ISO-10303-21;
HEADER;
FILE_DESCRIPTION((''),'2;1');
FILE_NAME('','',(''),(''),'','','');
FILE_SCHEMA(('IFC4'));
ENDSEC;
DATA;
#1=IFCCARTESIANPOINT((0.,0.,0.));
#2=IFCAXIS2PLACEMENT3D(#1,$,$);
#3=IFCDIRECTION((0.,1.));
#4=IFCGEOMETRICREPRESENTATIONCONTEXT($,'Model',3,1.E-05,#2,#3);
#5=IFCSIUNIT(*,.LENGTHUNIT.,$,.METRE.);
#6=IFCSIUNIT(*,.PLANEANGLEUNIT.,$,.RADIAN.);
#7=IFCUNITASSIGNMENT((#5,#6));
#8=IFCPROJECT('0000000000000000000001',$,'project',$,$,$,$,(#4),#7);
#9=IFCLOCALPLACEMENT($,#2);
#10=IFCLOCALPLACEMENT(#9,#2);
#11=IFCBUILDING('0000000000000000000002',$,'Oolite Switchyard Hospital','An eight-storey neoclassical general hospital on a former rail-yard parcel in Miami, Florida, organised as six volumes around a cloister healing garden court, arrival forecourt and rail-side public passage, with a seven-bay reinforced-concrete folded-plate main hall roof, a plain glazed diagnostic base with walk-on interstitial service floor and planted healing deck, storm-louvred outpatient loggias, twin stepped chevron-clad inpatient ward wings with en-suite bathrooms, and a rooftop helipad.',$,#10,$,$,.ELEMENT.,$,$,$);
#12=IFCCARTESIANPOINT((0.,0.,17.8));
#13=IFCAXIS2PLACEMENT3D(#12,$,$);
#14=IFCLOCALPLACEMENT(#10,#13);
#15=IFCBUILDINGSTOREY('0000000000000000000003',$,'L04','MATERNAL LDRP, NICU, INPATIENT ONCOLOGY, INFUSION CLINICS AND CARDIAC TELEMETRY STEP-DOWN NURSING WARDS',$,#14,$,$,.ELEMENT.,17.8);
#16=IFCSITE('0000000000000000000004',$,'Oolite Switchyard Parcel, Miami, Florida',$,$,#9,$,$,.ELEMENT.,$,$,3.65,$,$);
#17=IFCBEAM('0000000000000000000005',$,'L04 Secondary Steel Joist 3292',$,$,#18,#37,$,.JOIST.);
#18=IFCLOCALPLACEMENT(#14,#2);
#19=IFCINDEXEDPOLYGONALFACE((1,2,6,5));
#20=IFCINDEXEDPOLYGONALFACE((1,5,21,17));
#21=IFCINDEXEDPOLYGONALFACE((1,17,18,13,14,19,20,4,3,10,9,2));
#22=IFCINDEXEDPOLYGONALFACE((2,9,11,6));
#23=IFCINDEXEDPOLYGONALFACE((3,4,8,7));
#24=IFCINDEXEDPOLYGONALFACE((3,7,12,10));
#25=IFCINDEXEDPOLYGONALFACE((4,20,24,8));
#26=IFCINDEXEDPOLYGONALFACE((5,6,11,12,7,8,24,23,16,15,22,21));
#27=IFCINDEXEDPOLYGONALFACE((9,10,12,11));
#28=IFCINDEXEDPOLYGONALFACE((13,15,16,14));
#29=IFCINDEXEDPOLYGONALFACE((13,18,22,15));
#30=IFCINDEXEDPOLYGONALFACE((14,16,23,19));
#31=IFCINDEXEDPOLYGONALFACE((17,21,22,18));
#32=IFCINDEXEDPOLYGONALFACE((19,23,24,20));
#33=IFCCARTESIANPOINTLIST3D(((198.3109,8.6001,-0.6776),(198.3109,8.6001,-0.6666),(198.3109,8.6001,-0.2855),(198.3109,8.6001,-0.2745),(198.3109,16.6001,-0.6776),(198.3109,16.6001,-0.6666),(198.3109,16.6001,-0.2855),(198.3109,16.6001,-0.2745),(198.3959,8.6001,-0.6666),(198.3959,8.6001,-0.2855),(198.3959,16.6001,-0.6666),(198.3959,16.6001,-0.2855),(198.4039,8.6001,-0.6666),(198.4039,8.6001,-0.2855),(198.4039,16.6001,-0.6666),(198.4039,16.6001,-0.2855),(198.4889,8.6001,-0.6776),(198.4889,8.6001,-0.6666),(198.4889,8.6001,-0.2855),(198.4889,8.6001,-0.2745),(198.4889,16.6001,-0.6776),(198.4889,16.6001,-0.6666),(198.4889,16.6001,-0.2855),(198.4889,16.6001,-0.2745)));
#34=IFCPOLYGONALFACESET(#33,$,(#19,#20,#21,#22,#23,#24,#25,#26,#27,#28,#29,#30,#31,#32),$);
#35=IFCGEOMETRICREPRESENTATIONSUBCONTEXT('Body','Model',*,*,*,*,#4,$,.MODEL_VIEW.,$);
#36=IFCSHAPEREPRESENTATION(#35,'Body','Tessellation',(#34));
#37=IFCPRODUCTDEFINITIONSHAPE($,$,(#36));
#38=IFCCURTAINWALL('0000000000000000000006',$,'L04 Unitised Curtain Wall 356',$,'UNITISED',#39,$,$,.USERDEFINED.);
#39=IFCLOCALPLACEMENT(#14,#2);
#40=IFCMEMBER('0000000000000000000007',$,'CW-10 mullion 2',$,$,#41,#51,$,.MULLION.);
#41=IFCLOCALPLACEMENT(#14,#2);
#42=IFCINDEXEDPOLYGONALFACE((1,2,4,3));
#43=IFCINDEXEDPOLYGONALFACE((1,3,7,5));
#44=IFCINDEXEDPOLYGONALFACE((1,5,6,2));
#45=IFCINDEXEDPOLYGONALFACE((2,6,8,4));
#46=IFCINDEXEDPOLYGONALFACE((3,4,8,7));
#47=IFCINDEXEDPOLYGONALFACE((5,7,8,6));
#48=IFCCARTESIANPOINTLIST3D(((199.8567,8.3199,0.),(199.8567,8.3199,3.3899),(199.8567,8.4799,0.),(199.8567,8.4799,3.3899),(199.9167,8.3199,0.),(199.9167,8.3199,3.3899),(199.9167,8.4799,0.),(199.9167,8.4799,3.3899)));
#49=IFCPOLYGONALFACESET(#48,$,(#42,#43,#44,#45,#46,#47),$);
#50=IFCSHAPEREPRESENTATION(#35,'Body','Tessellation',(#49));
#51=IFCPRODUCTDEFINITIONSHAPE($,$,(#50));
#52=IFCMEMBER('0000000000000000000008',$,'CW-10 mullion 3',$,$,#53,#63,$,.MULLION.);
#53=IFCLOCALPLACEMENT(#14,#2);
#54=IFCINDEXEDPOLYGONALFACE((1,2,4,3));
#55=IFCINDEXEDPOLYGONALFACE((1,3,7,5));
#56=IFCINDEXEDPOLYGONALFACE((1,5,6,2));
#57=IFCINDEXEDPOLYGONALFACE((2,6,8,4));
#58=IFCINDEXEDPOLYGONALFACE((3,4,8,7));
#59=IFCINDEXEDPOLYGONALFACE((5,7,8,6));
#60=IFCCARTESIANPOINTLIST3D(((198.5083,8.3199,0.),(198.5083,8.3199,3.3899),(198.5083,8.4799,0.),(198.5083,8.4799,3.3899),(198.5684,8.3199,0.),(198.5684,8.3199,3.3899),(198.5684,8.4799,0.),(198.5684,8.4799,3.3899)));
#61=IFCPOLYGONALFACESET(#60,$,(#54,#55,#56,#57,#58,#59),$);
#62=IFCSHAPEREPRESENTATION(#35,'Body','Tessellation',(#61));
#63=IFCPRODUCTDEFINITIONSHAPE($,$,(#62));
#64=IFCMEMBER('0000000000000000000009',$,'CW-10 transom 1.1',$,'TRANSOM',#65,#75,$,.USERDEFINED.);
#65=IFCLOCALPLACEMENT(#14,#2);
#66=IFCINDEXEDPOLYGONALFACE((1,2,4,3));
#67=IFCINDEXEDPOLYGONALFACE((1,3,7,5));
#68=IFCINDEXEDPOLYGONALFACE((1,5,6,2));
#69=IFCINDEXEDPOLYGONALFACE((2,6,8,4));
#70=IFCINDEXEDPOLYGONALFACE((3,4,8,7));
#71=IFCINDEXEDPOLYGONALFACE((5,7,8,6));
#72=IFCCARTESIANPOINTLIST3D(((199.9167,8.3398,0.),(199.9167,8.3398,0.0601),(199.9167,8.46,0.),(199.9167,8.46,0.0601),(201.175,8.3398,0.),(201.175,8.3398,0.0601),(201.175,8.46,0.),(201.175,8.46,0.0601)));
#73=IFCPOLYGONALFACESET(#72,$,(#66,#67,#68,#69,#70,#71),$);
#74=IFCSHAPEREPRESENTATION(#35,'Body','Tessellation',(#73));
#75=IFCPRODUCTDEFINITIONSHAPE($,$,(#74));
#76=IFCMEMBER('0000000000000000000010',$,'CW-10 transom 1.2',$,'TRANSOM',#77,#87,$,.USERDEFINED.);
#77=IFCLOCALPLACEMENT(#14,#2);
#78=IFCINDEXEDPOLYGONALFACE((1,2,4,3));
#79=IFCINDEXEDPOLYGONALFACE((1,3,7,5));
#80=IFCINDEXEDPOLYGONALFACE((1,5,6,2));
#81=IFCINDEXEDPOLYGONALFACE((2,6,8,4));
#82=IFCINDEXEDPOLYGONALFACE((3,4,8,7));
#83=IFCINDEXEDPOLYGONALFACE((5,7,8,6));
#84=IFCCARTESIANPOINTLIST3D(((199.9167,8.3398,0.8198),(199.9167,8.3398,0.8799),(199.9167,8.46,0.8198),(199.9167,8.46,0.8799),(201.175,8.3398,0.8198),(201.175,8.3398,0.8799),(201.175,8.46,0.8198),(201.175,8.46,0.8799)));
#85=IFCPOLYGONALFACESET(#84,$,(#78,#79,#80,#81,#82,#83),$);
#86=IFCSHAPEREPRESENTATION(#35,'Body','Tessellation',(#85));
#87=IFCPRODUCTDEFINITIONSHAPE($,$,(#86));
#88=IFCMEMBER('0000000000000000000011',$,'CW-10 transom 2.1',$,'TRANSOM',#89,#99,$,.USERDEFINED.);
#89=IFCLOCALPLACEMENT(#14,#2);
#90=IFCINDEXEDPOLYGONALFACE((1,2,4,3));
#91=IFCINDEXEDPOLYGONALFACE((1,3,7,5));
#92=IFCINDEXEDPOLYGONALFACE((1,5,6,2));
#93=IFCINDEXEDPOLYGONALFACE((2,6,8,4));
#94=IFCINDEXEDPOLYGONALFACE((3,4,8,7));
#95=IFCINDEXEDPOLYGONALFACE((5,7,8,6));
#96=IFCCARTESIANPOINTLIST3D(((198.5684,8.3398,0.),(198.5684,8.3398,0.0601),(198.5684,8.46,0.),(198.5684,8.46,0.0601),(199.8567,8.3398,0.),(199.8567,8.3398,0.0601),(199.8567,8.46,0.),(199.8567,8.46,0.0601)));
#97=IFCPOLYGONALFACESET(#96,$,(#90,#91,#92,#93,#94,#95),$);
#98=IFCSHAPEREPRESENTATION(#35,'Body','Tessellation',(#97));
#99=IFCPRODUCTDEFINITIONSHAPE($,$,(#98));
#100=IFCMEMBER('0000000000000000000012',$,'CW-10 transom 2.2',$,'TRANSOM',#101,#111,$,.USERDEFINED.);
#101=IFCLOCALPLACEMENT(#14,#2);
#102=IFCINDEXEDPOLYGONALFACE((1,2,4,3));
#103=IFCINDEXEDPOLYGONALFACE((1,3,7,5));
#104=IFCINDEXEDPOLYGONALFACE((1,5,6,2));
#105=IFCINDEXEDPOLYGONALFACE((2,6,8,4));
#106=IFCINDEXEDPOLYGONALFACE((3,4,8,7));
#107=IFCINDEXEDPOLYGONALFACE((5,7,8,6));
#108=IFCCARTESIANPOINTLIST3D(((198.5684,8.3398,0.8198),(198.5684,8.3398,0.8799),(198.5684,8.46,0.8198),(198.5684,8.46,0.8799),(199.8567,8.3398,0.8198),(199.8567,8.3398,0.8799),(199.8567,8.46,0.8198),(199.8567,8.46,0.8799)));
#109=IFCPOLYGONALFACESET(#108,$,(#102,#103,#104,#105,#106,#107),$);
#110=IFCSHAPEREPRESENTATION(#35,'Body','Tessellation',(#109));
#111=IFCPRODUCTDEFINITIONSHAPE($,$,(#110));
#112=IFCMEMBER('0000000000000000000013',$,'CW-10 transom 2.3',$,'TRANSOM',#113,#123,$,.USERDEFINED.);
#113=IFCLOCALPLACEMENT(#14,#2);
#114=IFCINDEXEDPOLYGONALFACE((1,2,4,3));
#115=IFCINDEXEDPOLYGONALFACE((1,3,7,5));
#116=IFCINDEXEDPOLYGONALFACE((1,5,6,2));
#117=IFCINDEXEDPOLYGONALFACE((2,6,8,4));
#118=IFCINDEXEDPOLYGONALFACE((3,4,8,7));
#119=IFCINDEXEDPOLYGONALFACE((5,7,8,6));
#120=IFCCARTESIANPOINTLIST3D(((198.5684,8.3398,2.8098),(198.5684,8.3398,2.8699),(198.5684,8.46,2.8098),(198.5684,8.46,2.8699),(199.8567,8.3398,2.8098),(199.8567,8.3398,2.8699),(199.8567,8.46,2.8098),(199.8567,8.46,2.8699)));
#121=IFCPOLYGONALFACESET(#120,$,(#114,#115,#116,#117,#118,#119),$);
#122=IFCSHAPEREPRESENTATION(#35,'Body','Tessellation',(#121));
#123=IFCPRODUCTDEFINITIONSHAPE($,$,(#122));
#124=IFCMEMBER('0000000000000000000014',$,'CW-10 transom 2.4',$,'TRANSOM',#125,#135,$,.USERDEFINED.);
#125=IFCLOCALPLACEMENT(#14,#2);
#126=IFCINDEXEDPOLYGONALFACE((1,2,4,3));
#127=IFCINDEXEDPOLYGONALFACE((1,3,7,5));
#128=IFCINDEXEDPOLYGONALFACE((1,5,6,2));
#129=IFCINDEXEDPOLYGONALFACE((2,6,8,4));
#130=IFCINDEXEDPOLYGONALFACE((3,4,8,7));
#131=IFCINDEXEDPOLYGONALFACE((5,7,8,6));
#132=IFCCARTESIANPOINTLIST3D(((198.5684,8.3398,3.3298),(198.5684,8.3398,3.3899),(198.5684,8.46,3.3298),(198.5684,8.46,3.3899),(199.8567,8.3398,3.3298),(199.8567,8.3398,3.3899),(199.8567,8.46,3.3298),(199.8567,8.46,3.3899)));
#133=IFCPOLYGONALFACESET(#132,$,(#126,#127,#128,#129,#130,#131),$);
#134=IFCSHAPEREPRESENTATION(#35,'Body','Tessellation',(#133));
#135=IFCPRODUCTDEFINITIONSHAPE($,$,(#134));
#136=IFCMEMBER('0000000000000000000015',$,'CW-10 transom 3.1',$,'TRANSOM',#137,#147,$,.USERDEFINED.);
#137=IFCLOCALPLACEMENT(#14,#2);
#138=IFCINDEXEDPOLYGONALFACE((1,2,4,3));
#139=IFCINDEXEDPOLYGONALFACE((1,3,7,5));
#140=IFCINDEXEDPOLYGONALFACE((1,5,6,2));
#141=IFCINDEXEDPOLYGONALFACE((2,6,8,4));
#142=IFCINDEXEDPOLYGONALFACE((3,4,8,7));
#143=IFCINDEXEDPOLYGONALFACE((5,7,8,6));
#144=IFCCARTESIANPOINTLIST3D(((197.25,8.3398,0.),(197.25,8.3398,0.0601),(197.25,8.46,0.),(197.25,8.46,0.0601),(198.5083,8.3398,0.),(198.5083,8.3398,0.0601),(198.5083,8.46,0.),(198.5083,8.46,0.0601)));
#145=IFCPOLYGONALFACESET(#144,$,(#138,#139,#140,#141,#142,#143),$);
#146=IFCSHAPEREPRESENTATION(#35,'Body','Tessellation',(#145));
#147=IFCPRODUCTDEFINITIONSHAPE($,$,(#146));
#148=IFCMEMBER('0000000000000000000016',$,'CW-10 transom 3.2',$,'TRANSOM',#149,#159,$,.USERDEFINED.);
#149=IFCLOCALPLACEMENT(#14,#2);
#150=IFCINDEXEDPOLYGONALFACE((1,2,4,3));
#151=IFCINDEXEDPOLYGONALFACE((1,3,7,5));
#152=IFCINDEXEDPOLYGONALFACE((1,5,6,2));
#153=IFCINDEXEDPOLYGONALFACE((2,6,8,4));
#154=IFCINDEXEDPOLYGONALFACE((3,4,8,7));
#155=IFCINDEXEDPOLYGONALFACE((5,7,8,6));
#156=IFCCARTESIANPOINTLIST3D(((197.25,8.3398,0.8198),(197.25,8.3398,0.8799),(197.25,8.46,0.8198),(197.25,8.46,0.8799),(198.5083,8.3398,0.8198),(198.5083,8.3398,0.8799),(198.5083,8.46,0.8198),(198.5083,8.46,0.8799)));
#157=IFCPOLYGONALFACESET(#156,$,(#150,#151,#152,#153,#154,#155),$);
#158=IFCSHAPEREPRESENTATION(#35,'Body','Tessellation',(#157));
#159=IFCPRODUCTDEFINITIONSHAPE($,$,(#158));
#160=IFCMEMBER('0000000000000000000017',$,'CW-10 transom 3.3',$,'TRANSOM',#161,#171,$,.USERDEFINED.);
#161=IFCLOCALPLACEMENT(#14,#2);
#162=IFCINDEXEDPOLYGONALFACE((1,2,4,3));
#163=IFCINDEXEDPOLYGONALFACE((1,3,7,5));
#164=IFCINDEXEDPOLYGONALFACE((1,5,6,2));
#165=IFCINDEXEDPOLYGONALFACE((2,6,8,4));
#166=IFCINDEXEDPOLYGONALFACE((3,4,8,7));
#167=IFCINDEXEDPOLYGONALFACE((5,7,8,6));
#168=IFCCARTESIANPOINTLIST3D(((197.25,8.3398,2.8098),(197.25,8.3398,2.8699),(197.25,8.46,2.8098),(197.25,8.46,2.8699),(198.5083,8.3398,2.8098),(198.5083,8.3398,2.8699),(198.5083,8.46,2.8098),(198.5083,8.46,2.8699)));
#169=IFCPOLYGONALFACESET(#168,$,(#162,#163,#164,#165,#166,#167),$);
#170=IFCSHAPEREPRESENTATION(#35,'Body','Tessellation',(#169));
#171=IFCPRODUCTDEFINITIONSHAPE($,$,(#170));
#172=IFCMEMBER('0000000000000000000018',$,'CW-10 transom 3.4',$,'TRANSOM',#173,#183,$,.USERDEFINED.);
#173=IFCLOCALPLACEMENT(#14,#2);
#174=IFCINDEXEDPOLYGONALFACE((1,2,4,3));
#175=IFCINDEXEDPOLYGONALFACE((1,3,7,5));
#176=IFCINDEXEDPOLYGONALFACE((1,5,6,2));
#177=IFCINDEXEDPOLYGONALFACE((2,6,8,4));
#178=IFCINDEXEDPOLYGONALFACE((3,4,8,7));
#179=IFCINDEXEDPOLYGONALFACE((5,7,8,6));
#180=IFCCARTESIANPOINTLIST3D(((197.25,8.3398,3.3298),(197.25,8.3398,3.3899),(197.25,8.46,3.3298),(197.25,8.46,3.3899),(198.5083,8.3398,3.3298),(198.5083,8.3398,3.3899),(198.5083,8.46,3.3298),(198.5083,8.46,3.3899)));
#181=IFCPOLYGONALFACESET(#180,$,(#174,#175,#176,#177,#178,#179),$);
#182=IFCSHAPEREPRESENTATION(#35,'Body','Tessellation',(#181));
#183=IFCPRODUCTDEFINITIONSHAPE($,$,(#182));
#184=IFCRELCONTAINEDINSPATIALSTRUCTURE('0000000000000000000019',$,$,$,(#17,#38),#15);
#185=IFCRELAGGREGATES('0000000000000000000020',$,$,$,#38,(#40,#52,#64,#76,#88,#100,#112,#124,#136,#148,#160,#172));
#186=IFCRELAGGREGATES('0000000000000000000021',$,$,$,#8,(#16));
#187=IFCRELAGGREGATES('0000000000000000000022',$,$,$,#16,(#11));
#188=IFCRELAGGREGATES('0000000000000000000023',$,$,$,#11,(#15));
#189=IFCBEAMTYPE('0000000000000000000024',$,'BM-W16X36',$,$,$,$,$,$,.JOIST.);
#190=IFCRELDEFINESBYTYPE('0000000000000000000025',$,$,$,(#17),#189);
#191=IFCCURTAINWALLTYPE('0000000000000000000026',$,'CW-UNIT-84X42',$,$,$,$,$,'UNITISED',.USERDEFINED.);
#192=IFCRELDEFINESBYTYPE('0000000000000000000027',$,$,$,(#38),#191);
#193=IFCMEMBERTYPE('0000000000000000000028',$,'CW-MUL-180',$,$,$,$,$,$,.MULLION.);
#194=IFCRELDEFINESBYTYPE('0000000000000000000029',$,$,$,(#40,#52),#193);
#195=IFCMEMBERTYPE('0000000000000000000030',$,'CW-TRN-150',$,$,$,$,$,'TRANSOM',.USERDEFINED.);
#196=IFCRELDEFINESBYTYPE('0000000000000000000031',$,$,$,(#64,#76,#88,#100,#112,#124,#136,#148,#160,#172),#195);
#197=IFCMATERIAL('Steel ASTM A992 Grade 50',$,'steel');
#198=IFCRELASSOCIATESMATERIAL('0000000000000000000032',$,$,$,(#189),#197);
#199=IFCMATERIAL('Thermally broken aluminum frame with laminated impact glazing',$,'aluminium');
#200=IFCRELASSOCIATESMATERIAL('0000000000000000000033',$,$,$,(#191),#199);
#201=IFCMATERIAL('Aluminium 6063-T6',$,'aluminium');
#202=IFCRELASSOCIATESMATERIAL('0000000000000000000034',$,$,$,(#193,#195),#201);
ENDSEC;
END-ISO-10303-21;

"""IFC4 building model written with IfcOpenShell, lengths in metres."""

from ifc_helpers import new_model, si_unit, direction, frame, origin, origin_2d, place, context, subcontext, project, spatial, rectangle, i_section, extrude, material, material_profile, profile_set, type_object, element, aggregate, save


model = new_model("IFC4")

# Units and contexts
model_context = context("Model", 3, precision=1e-05, world=origin(), true_north=direction((0.0, 1.0)))
body_context = subcontext(model_context, "Body", "Model", "MODEL_VIEW")
ifc_project = project(units=[si_unit("LENGTHUNIT", "METRE"), si_unit("PLANEANGLEUNIT", "RADIAN")], contexts=[model_context])

# Site, building, storey
site_placement = place(None, origin())
site = spatial("IfcSite", under=ifc_project, at=site_placement, Name="Oolite Switchyard Parcel, Miami, Florida", CompositionType="ELEMENT", RefElevation=3.65)
building_placement = place(site_placement, origin())
building = spatial("IfcBuilding", under=site, at=building_placement, Name="Oolite Switchyard Hospital", Description="An eight-storey neoclassical general hospital on a former rail-yard parcel in Miami, Florida, organised as six volumes around a cloister healing garden court, arrival forecourt and rail-side public passage, with a seven-bay reinforced-concrete folded-plate main hall roof, a plain glazed diagnostic base with walk-on interstitial service floor and planted healing deck, storm-louvred outpatient loggias, twin stepped chevron-clad inpatient ward wings with en-suite bathrooms, and a rooftop helipad.", CompositionType="ELEMENT")
storey_placement = place(building_placement, frame((0.0, 0.0, 17.8)))
storey = spatial("IfcBuildingStorey", under=building, at=storey_placement, Name="L04", Description="MATERNAL LDRP, NICU, INPATIENT ONCOLOGY, INFUSION CLINICS AND CARDIAC TELEMETRY STEP-DOWN NURSING WARDS", CompositionType="ELEMENT", Elevation=17.8)

# Beam
ifc_material_1 = material(Name="Steel ASTM A992 Grade 50", Category="steel")
ifc_material_profile_1 = material_profile(ifc_material_1, i_section(OverallWidth=0.178, OverallDepth=0.4031, WebThickness=0.0081, FlangeThickness=0.011, at=origin_2d()), Name="W16X36")
ifc_profile_set_1 = profile_set([ifc_material_profile_1], Name="Steel ASTM A992 Grade 50")
beam_type = type_object("IfcBeamType", Name="BM-W16X36", PredefinedType="JOIST", material=ifc_profile_set_1)
beam_placement = place(storey_placement, frame((198.3999, 8.6001, -0.4761), z_axis=(0.0, 1.0, 0.0), x_axis=(-1.0, 0.0, 0.0)))
element("IfcBeam", 1, at=beam_placement, inside=storey, type_object=beam_type, Name="L04 Secondary Steel Joist 3292", PredefinedType="JOIST", context=body_context, shape_type="SweptSolid", body=[
    extrude(i_section(OverallWidth=0.178, OverallDepth=0.4031, WebThickness=0.0081, FlangeThickness=0.011, at=origin_2d()), origin(), (0.0, 0.0, 1.0), 8.0),
])

# Curtain wall, members
ifc_material_2 = material(Name="Thermally broken aluminum frame with laminated impact glazing", Category="aluminium")
curtain_wall_type = type_object("IfcCurtainWallType", Name="CW-UNIT-84X42", ElementType="UNITISED", PredefinedType="USERDEFINED", material=ifc_material_2)
curtain_wall_placement = place(storey_placement, origin())
curtain_wall = element("IfcCurtainWall", 2, at=curtain_wall_placement, inside=storey, type_object=curtain_wall_type, Name="L04 Unitised Curtain Wall 356", ObjectType="UNITISED", PredefinedType="USERDEFINED")
ifc_material_3 = material(Name="Aluminium 6063-T6", Category="aluminium")
ifc_material_profile_2 = material_profile(ifc_material_3, rectangle(XDim=0.1599, YDim=0.0601, at=origin_2d()), Name="CWM60X160")
ifc_profile_set_2 = profile_set([ifc_material_profile_2], Name="Aluminium 6063-T6")
member_type_1 = type_object("IfcMemberType", Name="CW-MUL-180", PredefinedType="MULLION", material=ifc_profile_set_2)
member_1_placement = place(storey_placement, frame((199.8867, 8.3999, 0.0), z_axis=(0.0, 0.0, 1.0), x_axis=(0.0, -1.0, 0.0)))
member_1 = element("IfcMember", 3, at=member_1_placement, type_object=member_type_1, Name="CW-10 mullion 2", PredefinedType="MULLION", context=body_context, shape_type="SweptSolid", body=[
    extrude(rectangle(XDim=0.1599, YDim=0.0601, at=origin_2d()), origin(), (0.0, 0.0, 1.0), 3.3899),
])
member_2_placement = place(storey_placement, frame((198.5383, 8.3999, 0.0), z_axis=(0.0, 0.0, 1.0), x_axis=(0.0, -1.0, 0.0)))
member_2 = element("IfcMember", 4, at=member_2_placement, type_object=member_type_1, Name="CW-10 mullion 3", PredefinedType="MULLION", context=body_context, shape_type="SweptSolid", body=[
    extrude(rectangle(XDim=0.1599, YDim=0.0601, at=origin_2d()), origin(), (0.0, 0.0, 1.0), 3.3899),
])
ifc_material_profile_3 = material_profile(ifc_material_3, rectangle(XDim=0.1201, YDim=0.0601, at=origin_2d()), Name="CWT60X120")
ifc_profile_set_3 = profile_set([ifc_material_profile_3], Name="Aluminium 6063-T6")
member_type_2 = type_object("IfcMemberType", Name="CW-TRN-150", ElementType="TRANSOM", PredefinedType="USERDEFINED", material=ifc_profile_set_3)
member_3_placement = place(storey_placement, frame((201.175, 8.3999, 0.03), z_axis=(-1.0, 0.0, 0.0), x_axis=(0.0, -1.0, 0.0)))
member_3 = element("IfcMember", 5, at=member_3_placement, type_object=member_type_2, Name="CW-10 transom 1.1", ObjectType="TRANSOM", PredefinedType="USERDEFINED", context=body_context, shape_type="SweptSolid", body=[
    extrude(rectangle(XDim=0.1201, YDim=0.0601, at=origin_2d()), origin(), (0.0, 0.0, 1.0), 1.2583),
])
member_4_placement = place(storey_placement, frame((201.175, 8.3999, 0.8499), z_axis=(-1.0, 0.0, 0.0), x_axis=(0.0, -1.0, 0.0)))
member_4 = element("IfcMember", 6, at=member_4_placement, type_object=member_type_2, Name="CW-10 transom 1.2", ObjectType="TRANSOM", PredefinedType="USERDEFINED", context=body_context, shape_type="SweptSolid", body=[
    extrude(rectangle(XDim=0.1201, YDim=0.0601, at=origin_2d()), origin(), (0.0, 0.0, 1.0), 1.2583),
])
member_5_placement = place(storey_placement, frame((199.8567, 8.3999, 0.03), z_axis=(-1.0, 0.0, 0.0), x_axis=(0.0, -1.0, 0.0)))
member_5 = element("IfcMember", 7, at=member_5_placement, type_object=member_type_2, Name="CW-10 transom 2.1", ObjectType="TRANSOM", PredefinedType="USERDEFINED", context=body_context, shape_type="SweptSolid", body=[
    extrude(rectangle(XDim=0.1201, YDim=0.0601, at=origin_2d()), origin(), (0.0, 0.0, 1.0), 1.2883),
])
member_6_placement = place(storey_placement, frame((199.8567, 8.3999, 0.8499), z_axis=(-1.0, 0.0, 0.0), x_axis=(0.0, -1.0, 0.0)))
member_6 = element("IfcMember", 8, at=member_6_placement, type_object=member_type_2, Name="CW-10 transom 2.2", ObjectType="TRANSOM", PredefinedType="USERDEFINED", context=body_context, shape_type="SweptSolid", body=[
    extrude(rectangle(XDim=0.1201, YDim=0.0601, at=origin_2d()), origin(), (0.0, 0.0, 1.0), 1.2883),
])
member_7_placement = place(storey_placement, frame((199.8567, 8.3999, 2.8398), z_axis=(-1.0, 0.0, 0.0), x_axis=(0.0, -1.0, 0.0)))
member_7 = element("IfcMember", 9, at=member_7_placement, type_object=member_type_2, Name="CW-10 transom 2.3", ObjectType="TRANSOM", PredefinedType="USERDEFINED", context=body_context, shape_type="SweptSolid", body=[
    extrude(rectangle(XDim=0.1201, YDim=0.0601, at=origin_2d()), origin(), (0.0, 0.0, 1.0), 1.2883),
])
member_8_placement = place(storey_placement, frame((199.8567, 8.3999, 3.3599), z_axis=(-1.0, 0.0, 0.0), x_axis=(0.0, -1.0, 0.0)))
member_8 = element("IfcMember", 10, at=member_8_placement, type_object=member_type_2, Name="CW-10 transom 2.4", ObjectType="TRANSOM", PredefinedType="USERDEFINED", context=body_context, shape_type="SweptSolid", body=[
    extrude(rectangle(XDim=0.1201, YDim=0.0601, at=origin_2d()), origin(), (0.0, 0.0, 1.0), 1.2883),
])
member_9_placement = place(storey_placement, frame((198.5083, 8.3999, 0.03), z_axis=(-1.0, 0.0, 0.0), x_axis=(0.0, -1.0, 0.0)))
member_9 = element("IfcMember", 11, at=member_9_placement, type_object=member_type_2, Name="CW-10 transom 3.1", ObjectType="TRANSOM", PredefinedType="USERDEFINED", context=body_context, shape_type="SweptSolid", body=[
    extrude(rectangle(XDim=0.1201, YDim=0.0601, at=origin_2d()), origin(), (0.0, 0.0, 1.0), 1.2583),
])
member_10_placement = place(storey_placement, frame((198.5083, 8.3999, 0.8499), z_axis=(-1.0, 0.0, 0.0), x_axis=(0.0, -1.0, 0.0)))
member_10 = element("IfcMember", 12, at=member_10_placement, type_object=member_type_2, Name="CW-10 transom 3.2", ObjectType="TRANSOM", PredefinedType="USERDEFINED", context=body_context, shape_type="SweptSolid", body=[
    extrude(rectangle(XDim=0.1201, YDim=0.0601, at=origin_2d()), origin(), (0.0, 0.0, 1.0), 1.2583),
])
member_11_placement = place(storey_placement, frame((198.5083, 8.3999, 2.8398), z_axis=(-1.0, 0.0, 0.0), x_axis=(0.0, -1.0, 0.0)))
member_11 = element("IfcMember", 13, at=member_11_placement, type_object=member_type_2, Name="CW-10 transom 3.3", ObjectType="TRANSOM", PredefinedType="USERDEFINED", context=body_context, shape_type="SweptSolid", body=[
    extrude(rectangle(XDim=0.1201, YDim=0.0601, at=origin_2d()), origin(), (0.0, 0.0, 1.0), 1.2583),
])
member_12_placement = place(storey_placement, frame((198.5083, 8.3999, 3.3599), z_axis=(-1.0, 0.0, 0.0), x_axis=(0.0, -1.0, 0.0)))
member_12 = element("IfcMember", 14, at=member_12_placement, type_object=member_type_2, Name="CW-10 transom 3.4", ObjectType="TRANSOM", PredefinedType="USERDEFINED", context=body_context, shape_type="SweptSolid", body=[
    extrude(rectangle(XDim=0.1201, YDim=0.0601, at=origin_2d()), origin(), (0.0, 0.0, 1.0), 1.2583),
])
aggregate(curtain_wall, [member_1, member_2, member_3, member_4, member_5, member_6, member_7, member_8, member_9, member_10, member_11, member_12])

save(model, "model.ifc")
